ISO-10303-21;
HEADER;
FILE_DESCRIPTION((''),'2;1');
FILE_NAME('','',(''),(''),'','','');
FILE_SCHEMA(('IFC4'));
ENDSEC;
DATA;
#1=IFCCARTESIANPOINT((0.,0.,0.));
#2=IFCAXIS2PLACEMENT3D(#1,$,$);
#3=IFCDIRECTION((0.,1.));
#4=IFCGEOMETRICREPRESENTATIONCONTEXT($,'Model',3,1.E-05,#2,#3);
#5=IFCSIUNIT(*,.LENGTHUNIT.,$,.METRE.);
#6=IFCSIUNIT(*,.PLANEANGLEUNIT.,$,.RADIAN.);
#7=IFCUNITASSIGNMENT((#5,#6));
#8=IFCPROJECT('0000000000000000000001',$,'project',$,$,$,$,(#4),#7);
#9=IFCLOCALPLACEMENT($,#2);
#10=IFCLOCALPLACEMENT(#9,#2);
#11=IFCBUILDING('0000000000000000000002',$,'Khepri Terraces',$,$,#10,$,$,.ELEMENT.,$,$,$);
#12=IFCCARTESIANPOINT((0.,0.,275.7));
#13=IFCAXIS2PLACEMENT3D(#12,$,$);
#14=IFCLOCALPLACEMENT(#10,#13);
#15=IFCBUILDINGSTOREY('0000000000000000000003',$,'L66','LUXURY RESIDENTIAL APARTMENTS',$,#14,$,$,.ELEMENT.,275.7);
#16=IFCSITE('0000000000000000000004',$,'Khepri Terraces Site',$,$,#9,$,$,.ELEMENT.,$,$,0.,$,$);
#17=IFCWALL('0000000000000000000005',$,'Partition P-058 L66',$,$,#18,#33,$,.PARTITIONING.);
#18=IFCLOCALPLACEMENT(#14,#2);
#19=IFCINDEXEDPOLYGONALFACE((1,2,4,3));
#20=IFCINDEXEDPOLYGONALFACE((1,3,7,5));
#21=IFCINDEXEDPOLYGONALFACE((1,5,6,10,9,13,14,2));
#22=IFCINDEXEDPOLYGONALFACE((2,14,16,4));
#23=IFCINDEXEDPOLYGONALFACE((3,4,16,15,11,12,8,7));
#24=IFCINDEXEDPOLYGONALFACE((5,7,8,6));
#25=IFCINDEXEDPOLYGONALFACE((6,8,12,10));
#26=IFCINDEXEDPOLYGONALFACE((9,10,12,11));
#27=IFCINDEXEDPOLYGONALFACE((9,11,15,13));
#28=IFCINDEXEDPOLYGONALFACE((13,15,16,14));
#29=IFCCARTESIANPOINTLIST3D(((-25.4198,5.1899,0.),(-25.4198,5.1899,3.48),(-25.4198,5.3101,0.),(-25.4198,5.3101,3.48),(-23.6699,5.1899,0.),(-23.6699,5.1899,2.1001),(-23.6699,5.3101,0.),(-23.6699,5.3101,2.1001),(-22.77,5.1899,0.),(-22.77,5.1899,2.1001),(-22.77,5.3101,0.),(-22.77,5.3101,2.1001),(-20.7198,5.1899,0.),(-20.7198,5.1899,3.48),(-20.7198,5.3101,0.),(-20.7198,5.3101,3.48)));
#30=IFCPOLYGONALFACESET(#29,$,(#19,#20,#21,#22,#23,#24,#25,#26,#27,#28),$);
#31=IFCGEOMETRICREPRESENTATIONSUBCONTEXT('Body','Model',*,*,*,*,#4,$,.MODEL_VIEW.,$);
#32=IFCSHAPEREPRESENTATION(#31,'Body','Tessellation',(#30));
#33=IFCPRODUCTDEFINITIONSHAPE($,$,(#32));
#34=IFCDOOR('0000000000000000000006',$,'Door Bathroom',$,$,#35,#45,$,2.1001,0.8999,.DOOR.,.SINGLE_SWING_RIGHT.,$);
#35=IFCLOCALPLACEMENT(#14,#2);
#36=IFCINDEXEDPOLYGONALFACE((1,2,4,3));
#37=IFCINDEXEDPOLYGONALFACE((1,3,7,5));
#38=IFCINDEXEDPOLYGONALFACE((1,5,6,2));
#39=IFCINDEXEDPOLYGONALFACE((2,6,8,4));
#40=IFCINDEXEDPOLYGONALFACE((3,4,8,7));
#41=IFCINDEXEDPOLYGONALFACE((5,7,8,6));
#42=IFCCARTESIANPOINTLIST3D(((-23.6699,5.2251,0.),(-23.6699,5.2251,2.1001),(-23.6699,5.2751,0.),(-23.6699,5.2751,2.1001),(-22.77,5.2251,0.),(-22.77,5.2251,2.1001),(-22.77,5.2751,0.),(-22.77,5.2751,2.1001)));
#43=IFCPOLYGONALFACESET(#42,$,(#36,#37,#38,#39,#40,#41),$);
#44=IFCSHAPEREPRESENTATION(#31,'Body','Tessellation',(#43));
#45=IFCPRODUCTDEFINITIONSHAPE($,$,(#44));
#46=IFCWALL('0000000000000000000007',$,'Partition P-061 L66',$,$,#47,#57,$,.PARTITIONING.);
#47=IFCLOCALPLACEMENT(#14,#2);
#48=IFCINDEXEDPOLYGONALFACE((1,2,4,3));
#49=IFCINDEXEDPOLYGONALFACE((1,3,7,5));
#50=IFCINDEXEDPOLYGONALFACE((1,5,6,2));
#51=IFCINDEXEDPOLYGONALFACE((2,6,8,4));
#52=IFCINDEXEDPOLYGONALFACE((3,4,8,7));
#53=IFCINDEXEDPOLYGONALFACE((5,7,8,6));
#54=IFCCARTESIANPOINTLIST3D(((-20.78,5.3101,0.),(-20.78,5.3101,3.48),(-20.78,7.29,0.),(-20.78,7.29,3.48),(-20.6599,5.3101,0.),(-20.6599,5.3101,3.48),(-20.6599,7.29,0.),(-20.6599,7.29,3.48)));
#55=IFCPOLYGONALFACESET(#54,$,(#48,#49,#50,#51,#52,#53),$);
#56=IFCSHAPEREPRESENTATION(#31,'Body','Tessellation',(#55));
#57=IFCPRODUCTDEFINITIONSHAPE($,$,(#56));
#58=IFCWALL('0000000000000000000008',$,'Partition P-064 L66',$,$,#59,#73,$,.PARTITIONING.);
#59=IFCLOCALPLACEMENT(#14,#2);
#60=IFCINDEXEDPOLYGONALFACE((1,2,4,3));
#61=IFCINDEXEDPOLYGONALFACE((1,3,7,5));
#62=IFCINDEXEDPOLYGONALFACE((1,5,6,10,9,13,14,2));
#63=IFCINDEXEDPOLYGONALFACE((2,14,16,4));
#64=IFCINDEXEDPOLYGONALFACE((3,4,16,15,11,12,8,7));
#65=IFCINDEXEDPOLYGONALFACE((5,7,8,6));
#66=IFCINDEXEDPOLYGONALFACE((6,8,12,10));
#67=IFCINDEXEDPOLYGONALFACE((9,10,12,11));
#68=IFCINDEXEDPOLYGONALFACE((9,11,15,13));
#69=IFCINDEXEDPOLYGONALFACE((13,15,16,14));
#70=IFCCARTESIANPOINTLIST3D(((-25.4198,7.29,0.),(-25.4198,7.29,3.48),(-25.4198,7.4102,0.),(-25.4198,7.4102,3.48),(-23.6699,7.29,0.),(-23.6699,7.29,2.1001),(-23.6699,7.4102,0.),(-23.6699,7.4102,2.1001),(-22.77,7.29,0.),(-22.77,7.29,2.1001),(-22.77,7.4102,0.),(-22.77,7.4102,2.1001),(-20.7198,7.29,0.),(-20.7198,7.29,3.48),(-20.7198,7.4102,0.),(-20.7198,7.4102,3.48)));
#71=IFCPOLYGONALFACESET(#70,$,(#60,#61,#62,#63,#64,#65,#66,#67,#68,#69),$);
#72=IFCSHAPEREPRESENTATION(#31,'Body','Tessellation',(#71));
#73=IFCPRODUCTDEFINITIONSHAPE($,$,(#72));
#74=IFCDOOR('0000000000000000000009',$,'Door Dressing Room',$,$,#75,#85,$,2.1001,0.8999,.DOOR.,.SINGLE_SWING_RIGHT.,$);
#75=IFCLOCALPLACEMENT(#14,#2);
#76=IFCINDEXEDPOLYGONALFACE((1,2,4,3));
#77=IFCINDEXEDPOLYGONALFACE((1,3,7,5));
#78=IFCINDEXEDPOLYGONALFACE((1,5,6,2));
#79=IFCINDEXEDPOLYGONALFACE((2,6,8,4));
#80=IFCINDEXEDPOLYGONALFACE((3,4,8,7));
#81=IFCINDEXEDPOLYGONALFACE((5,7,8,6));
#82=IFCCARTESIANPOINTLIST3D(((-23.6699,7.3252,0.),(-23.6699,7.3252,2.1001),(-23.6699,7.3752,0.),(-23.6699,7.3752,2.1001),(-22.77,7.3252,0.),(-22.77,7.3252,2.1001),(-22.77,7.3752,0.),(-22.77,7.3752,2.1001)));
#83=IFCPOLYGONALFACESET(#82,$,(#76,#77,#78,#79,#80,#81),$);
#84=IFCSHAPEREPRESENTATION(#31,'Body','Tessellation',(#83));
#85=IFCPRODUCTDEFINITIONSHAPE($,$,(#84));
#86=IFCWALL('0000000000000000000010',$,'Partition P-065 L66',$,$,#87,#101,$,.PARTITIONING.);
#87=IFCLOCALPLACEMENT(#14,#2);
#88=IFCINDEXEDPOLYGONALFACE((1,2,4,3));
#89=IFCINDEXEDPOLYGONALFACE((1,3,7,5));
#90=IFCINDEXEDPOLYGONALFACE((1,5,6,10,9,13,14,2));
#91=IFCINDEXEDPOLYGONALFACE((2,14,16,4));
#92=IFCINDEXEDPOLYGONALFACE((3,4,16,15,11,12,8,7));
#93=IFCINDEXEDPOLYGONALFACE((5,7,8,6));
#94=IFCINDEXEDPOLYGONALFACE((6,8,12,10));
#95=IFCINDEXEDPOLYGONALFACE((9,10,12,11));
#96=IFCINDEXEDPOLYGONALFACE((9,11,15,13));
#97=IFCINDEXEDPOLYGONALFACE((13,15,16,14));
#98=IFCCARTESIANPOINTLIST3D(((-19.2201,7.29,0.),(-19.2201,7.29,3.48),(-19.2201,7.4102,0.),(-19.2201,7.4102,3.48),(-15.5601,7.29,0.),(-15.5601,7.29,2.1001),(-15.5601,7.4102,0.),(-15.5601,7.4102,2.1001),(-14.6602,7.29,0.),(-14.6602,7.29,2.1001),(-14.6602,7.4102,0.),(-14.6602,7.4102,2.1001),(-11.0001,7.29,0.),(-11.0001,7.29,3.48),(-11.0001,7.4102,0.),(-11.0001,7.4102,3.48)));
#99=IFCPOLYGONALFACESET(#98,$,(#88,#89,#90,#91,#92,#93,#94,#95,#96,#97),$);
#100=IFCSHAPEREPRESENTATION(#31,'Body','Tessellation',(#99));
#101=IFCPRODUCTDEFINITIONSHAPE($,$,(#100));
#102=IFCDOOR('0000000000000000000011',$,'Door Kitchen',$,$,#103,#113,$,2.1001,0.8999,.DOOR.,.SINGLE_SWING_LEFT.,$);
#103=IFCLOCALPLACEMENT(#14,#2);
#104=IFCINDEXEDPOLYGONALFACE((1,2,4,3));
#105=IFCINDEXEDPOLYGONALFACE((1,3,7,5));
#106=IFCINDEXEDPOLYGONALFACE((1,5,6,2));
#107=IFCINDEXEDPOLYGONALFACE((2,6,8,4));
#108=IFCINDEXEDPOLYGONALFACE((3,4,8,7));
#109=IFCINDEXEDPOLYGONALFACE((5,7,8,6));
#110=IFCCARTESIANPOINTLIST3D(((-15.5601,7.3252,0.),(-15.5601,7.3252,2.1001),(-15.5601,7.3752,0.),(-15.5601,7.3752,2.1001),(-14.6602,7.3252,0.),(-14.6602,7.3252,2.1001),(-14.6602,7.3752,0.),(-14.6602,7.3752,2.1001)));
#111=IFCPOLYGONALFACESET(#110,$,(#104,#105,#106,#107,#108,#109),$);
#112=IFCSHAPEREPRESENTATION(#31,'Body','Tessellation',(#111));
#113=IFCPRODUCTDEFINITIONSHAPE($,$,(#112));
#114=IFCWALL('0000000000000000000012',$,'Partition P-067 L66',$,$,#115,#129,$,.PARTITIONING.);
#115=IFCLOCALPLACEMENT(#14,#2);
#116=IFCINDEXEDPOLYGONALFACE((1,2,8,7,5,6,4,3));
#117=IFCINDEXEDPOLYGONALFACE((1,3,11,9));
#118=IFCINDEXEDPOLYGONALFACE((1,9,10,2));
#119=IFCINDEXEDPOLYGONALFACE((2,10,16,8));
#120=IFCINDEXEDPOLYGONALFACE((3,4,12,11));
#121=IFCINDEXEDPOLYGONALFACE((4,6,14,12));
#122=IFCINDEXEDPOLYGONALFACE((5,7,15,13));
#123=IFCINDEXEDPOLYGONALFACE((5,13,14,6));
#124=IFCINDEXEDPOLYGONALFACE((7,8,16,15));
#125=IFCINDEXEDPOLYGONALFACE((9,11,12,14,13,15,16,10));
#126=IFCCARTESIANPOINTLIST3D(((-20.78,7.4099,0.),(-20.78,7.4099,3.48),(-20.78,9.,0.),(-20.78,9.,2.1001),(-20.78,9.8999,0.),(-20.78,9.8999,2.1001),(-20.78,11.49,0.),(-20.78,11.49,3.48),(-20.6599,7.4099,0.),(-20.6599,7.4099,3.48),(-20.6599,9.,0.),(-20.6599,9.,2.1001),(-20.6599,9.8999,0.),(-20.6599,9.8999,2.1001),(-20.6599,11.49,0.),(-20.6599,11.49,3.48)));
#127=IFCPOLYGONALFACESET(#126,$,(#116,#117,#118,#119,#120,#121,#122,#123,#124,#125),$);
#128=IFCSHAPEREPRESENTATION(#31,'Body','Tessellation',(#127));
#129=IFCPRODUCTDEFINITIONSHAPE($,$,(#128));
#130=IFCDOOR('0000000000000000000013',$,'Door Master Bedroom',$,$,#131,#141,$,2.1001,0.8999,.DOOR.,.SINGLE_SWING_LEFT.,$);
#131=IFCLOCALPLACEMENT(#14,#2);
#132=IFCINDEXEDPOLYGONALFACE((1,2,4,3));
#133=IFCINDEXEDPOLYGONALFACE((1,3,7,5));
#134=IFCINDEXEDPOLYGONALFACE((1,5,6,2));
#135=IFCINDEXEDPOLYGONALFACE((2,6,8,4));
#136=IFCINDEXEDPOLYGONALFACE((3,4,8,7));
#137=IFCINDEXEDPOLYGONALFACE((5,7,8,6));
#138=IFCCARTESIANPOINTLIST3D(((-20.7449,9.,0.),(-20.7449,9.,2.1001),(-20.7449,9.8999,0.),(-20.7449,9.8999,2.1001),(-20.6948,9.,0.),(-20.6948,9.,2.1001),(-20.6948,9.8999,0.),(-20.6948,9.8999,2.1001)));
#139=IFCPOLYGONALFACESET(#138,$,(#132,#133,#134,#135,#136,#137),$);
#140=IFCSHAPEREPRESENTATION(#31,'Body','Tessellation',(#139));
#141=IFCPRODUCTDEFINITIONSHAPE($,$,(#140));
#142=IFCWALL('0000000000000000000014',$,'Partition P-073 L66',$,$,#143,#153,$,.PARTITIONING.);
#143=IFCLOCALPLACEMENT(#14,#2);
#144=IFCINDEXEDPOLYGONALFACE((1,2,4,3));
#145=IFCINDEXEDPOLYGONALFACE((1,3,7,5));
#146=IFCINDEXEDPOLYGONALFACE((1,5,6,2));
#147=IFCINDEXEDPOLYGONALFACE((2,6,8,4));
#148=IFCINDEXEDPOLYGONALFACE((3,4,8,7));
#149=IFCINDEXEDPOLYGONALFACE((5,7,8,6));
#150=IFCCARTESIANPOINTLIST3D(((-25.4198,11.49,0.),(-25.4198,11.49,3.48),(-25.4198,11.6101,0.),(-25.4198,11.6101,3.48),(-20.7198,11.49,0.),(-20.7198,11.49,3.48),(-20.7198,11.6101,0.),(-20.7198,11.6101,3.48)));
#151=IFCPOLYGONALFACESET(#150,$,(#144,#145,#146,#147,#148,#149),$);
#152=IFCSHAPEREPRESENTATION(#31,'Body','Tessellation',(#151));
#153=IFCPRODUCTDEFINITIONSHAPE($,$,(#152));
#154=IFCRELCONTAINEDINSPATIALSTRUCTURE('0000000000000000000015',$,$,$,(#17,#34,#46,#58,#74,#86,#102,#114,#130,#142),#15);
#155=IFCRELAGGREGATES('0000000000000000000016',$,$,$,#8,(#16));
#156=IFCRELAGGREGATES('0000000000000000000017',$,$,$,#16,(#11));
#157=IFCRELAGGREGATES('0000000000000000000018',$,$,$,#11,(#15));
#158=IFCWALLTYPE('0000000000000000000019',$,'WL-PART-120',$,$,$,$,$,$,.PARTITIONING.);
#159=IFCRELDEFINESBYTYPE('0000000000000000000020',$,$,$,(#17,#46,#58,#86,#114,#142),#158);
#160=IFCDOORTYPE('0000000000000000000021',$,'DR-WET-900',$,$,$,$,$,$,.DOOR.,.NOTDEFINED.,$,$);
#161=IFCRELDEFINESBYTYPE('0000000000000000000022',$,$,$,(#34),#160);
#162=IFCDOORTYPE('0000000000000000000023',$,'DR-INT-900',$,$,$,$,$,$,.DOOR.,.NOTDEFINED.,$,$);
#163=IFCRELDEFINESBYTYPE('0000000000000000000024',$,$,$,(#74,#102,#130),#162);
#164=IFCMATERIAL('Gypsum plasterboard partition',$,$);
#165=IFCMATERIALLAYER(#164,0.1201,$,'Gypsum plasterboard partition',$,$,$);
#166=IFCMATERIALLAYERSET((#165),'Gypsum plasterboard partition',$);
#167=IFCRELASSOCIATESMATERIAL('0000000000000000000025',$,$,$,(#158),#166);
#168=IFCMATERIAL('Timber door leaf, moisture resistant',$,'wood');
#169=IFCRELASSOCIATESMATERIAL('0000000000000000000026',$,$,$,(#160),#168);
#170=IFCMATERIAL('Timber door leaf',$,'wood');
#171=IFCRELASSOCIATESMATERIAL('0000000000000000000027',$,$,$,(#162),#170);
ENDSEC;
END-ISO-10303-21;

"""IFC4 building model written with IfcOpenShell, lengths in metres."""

from ifc_helpers import new_model, si_unit, direction, frame, frame_2d, origin, place, context, subcontext, project, spatial, rectangle, extrude, material, layer, layer_set, type_object, element, fill, save


model = new_model("IFC4")

# Units and contexts
model_context = context("Model", 3, precision=1e-05, world=origin(), true_north=direction((0.0, 1.0)))
body_context = subcontext(model_context, "Body", "Model", "MODEL_VIEW")
ifc_project = project(units=[si_unit("LENGTHUNIT", "METRE"), si_unit("PLANEANGLEUNIT", "RADIAN")], contexts=[model_context])

# Site, building, storey
site_placement = place(None, origin())
site = spatial("IfcSite", under=ifc_project, at=site_placement, Name="Khepri Terraces Site", CompositionType="ELEMENT", RefElevation=0.0)
building_placement = place(site_placement, origin())
building = spatial("IfcBuilding", under=site, at=building_placement, Name="Khepri Terraces", CompositionType="ELEMENT")
storey_placement = place(building_placement, frame((0.0, 0.0, 275.7)))
storey = spatial("IfcBuildingStorey", under=building, at=storey_placement, Name="L66", Description="LUXURY RESIDENTIAL APARTMENTS", CompositionType="ELEMENT", Elevation=275.7)

# Shared definitions
ifc_material_1 = material(Name="Gypsum plasterboard partition")
ifc_layer_1 = layer(ifc_material_1, 0.1201, Name="Gypsum plasterboard partition")
ifc_layer_set_1 = layer_set([ifc_layer_1], Name="Gypsum plasterboard partition")
wall_type_1 = type_object("IfcWallType", Name="WL-PART-120", PredefinedType="PARTITIONING", material=ifc_layer_set_1)

# Wall, opening, door
wall_1_placement = place(storey_placement, frame((-25.4199, 5.25, 0.0), z_axis=(0.0, 0.0, 1.0), x_axis=(1.0, 0.0, 0.0)))
wall_1 = element("IfcWall", 1, at=wall_1_placement, inside=storey, type_object=wall_type_1, Name="Partition P-058 L66", PredefinedType="PARTITIONING", context=body_context, shape_type="SweptSolid", body=[
    extrude(rectangle(XDim=4.7, YDim=0.1201, at=frame_2d((2.3501, 0.0))), origin(), (0.0, 0.0, 1.0), 3.48),
])
opening_1_placement = place(wall_1_placement, frame((1.75, 0.0, 0.0)))
opening_1 = element("IfcOpeningElement", 2, at=opening_1_placement, cuts=wall_1, PredefinedType="OPENING", context=body_context, shape_type="SweptSolid", body=[
    extrude(rectangle(XDim=0.8999, YDim=2.1001, at=frame_2d((0.45, 1.05))), frame((0.0, 0.0701, 0.0), z_axis=(0.0, -1.0, 0.0), x_axis=(1.0, 0.0, 0.0)), (0.0, 0.0, 1.0), 0.1401),
])
ifc_material_2 = material(Name="Timber door leaf, moisture resistant", Category="wood")
door_type_1 = type_object("IfcDoorType", Name="DR-WET-900", OperationType="NOTDEFINED", PredefinedType="DOOR", material=ifc_material_2)
door_1_placement = place(opening_1_placement, frame((0.8999, 0.0, 0.0), z_axis=(0.0, 0.0, 1.0), x_axis=(-1.0, 0.0, 0.0)))
door_1 = element("IfcDoor", 3, at=door_1_placement, inside=storey, type_object=door_type_1, Name="Door Bathroom", OperationType="SINGLE_SWING_RIGHT", OverallHeight=2.1001, OverallWidth=0.8999, PredefinedType="DOOR", context=body_context, shape_type="SweptSolid", body=[
    extrude(rectangle(XDim=0.8999, YDim=2.1001, at=frame_2d((0.45, 1.05))), frame((0.0, 0.0249, 0.0), z_axis=(0.0, -1.0, 0.0), x_axis=(1.0, 0.0, 0.0)), (0.0, 0.0, 1.0), 0.05),
])
fill(opening_1, door_1)

# Wall
wall_2_placement = place(storey_placement, frame((-20.72, 5.3101, 0.0), z_axis=(0.0, 0.0, 1.0), x_axis=(0.0, 1.0, 0.0)))
element("IfcWall", 4, at=wall_2_placement, inside=storey, type_object=wall_type_1, Name="Partition P-061 L66", PredefinedType="PARTITIONING", context=body_context, shape_type="SweptSolid", body=[
    extrude(rectangle(XDim=1.98, YDim=0.1201, at=frame_2d((0.99, 0.0))), origin(), (0.0, 0.0, 1.0), 3.48),
])

# Walls, openings, doors
wall_3_placement = place(storey_placement, frame((-25.4199, 7.3501, 0.0), z_axis=(0.0, 0.0, 1.0), x_axis=(1.0, 0.0, 0.0)))
wall_3 = element("IfcWall", 5, at=wall_3_placement, inside=storey, type_object=wall_type_1, Name="Partition P-064 L66", PredefinedType="PARTITIONING", context=body_context, shape_type="SweptSolid", body=[
    extrude(rectangle(XDim=4.7, YDim=0.1201, at=frame_2d((2.3501, 0.0))), origin(), (0.0, 0.0, 1.0), 3.48),
])
opening_2_placement = place(wall_3_placement, frame((1.75, 0.0, 0.0)))
opening_2 = element("IfcOpeningElement", 6, at=opening_2_placement, cuts=wall_3, PredefinedType="OPENING", context=body_context, shape_type="SweptSolid", body=[
    extrude(rectangle(XDim=0.8999, YDim=2.1001, at=frame_2d((0.45, 1.05))), frame((0.0, 0.0701, 0.0), z_axis=(0.0, -1.0, 0.0), x_axis=(1.0, 0.0, 0.0)), (0.0, 0.0, 1.0), 0.1401),
])
ifc_material_3 = material(Name="Timber door leaf", Category="wood")
door_type_2 = type_object("IfcDoorType", Name="DR-INT-900", OperationType="NOTDEFINED", PredefinedType="DOOR", material=ifc_material_3)
door_2_placement = place(opening_2_placement, frame((0.8999, 0.0, 0.0), z_axis=(0.0, 0.0, 1.0), x_axis=(-1.0, 0.0, 0.0)))
door_2 = element("IfcDoor", 7, at=door_2_placement, inside=storey, type_object=door_type_2, Name="Door Dressing Room", OperationType="SINGLE_SWING_RIGHT", OverallHeight=2.1001, OverallWidth=0.8999, PredefinedType="DOOR", context=body_context, shape_type="SweptSolid", body=[
    extrude(rectangle(XDim=0.8999, YDim=2.1001, at=frame_2d((0.45, 1.05))), frame((0.0, 0.0249, 0.0), z_axis=(0.0, -1.0, 0.0), x_axis=(1.0, 0.0, 0.0)), (0.0, 0.0, 1.0), 0.05),
])
fill(opening_2, door_2)
wall_4_placement = place(storey_placement, frame((-19.22, 7.3501, 0.0), z_axis=(0.0, 0.0, 1.0), x_axis=(1.0, 0.0, 0.0)))
wall_4 = element("IfcWall", 8, at=wall_4_placement, inside=storey, type_object=wall_type_1, Name="Partition P-065 L66", PredefinedType="PARTITIONING", context=body_context, shape_type="SweptSolid", body=[
    extrude(rectangle(XDim=8.22, YDim=0.1201, at=frame_2d((4.1099, 0.0))), origin(), (0.0, 0.0, 1.0), 3.48),
])
opening_3_placement = place(wall_4_placement, frame((3.6599, 0.0, 0.0)))
opening_3 = element("IfcOpeningElement", 9, at=opening_3_placement, cuts=wall_4, PredefinedType="OPENING", context=body_context, shape_type="SweptSolid", body=[
    extrude(rectangle(XDim=0.8999, YDim=2.1001, at=frame_2d((0.45, 1.05))), frame((0.0, 0.0701, 0.0), z_axis=(0.0, -1.0, 0.0), x_axis=(1.0, 0.0, 0.0)), (0.0, 0.0, 1.0), 0.1401),
])
door_3_placement = place(opening_3_placement, frame((0.8999, 0.0, 0.0), z_axis=(0.0, 0.0, 1.0), x_axis=(-1.0, 0.0, 0.0)))
door_3 = element("IfcDoor", 10, at=door_3_placement, inside=storey, type_object=door_type_2, Name="Door Kitchen", OperationType="SINGLE_SWING_LEFT", OverallHeight=2.1001, OverallWidth=0.8999, PredefinedType="DOOR", context=body_context, shape_type="SweptSolid", body=[
    extrude(rectangle(XDim=0.8999, YDim=2.1001, at=frame_2d((0.45, 1.05))), frame((0.0, 0.0249, 0.0), z_axis=(0.0, -1.0, 0.0), x_axis=(1.0, 0.0, 0.0)), (0.0, 0.0, 1.0), 0.05),
])
fill(opening_3, door_3)
wall_5_placement = place(storey_placement, frame((-20.72, 7.4099, 0.0), z_axis=(0.0, 0.0, 1.0), x_axis=(0.0, 1.0, 0.0)))
wall_5 = element("IfcWall", 11, at=wall_5_placement, inside=storey, type_object=wall_type_1, Name="Partition P-067 L66", PredefinedType="PARTITIONING", context=body_context, shape_type="SweptSolid", body=[
    extrude(rectangle(XDim=4.0801, YDim=0.1201, at=frame_2d((2.04, 0.0))), origin(), (0.0, 0.0, 1.0), 3.48),
])
opening_4_placement = place(wall_5_placement, frame((1.5901, 0.0, 0.0)))
opening_4 = element("IfcOpeningElement", 12, at=opening_4_placement, cuts=wall_5, PredefinedType="OPENING", context=body_context, shape_type="SweptSolid", body=[
    extrude(rectangle(XDim=0.8999, YDim=2.1001, at=frame_2d((0.45, 1.05))), frame((0.0, 0.0701, 0.0), z_axis=(0.0, -1.0, 0.0), x_axis=(1.0, 0.0, 0.0)), (0.0, 0.0, 1.0), 0.1401),
])
door_4_placement = place(opening_4_placement, origin())
door_4 = element("IfcDoor", 13, at=door_4_placement, inside=storey, type_object=door_type_2, Name="Door Master Bedroom", OperationType="SINGLE_SWING_LEFT", OverallHeight=2.1001, OverallWidth=0.8999, PredefinedType="DOOR", context=body_context, shape_type="SweptSolid", body=[
    extrude(rectangle(XDim=0.8999, YDim=2.1001, at=frame_2d((0.45, 1.05))), frame((0.0, 0.0249, 0.0), z_axis=(0.0, -1.0, 0.0), x_axis=(1.0, 0.0, 0.0)), (0.0, 0.0, 1.0), 0.05),
])
fill(opening_4, door_4)

# Wall
wall_6_placement = place(storey_placement, frame((-25.4199, 11.55, 0.0), z_axis=(0.0, 0.0, 1.0), x_axis=(1.0, 0.0, 0.0)))
element("IfcWall", 14, at=wall_6_placement, inside=storey, type_object=wall_type_1, Name="Partition P-073 L66", PredefinedType="PARTITIONING", context=body_context, shape_type="SweptSolid", body=[
    extrude(rectangle(XDim=4.7, YDim=0.1201, at=frame_2d((2.3501, 0.0))), origin(), (0.0, 0.0, 1.0), 3.48),
])

save(model, "model.ifc")
